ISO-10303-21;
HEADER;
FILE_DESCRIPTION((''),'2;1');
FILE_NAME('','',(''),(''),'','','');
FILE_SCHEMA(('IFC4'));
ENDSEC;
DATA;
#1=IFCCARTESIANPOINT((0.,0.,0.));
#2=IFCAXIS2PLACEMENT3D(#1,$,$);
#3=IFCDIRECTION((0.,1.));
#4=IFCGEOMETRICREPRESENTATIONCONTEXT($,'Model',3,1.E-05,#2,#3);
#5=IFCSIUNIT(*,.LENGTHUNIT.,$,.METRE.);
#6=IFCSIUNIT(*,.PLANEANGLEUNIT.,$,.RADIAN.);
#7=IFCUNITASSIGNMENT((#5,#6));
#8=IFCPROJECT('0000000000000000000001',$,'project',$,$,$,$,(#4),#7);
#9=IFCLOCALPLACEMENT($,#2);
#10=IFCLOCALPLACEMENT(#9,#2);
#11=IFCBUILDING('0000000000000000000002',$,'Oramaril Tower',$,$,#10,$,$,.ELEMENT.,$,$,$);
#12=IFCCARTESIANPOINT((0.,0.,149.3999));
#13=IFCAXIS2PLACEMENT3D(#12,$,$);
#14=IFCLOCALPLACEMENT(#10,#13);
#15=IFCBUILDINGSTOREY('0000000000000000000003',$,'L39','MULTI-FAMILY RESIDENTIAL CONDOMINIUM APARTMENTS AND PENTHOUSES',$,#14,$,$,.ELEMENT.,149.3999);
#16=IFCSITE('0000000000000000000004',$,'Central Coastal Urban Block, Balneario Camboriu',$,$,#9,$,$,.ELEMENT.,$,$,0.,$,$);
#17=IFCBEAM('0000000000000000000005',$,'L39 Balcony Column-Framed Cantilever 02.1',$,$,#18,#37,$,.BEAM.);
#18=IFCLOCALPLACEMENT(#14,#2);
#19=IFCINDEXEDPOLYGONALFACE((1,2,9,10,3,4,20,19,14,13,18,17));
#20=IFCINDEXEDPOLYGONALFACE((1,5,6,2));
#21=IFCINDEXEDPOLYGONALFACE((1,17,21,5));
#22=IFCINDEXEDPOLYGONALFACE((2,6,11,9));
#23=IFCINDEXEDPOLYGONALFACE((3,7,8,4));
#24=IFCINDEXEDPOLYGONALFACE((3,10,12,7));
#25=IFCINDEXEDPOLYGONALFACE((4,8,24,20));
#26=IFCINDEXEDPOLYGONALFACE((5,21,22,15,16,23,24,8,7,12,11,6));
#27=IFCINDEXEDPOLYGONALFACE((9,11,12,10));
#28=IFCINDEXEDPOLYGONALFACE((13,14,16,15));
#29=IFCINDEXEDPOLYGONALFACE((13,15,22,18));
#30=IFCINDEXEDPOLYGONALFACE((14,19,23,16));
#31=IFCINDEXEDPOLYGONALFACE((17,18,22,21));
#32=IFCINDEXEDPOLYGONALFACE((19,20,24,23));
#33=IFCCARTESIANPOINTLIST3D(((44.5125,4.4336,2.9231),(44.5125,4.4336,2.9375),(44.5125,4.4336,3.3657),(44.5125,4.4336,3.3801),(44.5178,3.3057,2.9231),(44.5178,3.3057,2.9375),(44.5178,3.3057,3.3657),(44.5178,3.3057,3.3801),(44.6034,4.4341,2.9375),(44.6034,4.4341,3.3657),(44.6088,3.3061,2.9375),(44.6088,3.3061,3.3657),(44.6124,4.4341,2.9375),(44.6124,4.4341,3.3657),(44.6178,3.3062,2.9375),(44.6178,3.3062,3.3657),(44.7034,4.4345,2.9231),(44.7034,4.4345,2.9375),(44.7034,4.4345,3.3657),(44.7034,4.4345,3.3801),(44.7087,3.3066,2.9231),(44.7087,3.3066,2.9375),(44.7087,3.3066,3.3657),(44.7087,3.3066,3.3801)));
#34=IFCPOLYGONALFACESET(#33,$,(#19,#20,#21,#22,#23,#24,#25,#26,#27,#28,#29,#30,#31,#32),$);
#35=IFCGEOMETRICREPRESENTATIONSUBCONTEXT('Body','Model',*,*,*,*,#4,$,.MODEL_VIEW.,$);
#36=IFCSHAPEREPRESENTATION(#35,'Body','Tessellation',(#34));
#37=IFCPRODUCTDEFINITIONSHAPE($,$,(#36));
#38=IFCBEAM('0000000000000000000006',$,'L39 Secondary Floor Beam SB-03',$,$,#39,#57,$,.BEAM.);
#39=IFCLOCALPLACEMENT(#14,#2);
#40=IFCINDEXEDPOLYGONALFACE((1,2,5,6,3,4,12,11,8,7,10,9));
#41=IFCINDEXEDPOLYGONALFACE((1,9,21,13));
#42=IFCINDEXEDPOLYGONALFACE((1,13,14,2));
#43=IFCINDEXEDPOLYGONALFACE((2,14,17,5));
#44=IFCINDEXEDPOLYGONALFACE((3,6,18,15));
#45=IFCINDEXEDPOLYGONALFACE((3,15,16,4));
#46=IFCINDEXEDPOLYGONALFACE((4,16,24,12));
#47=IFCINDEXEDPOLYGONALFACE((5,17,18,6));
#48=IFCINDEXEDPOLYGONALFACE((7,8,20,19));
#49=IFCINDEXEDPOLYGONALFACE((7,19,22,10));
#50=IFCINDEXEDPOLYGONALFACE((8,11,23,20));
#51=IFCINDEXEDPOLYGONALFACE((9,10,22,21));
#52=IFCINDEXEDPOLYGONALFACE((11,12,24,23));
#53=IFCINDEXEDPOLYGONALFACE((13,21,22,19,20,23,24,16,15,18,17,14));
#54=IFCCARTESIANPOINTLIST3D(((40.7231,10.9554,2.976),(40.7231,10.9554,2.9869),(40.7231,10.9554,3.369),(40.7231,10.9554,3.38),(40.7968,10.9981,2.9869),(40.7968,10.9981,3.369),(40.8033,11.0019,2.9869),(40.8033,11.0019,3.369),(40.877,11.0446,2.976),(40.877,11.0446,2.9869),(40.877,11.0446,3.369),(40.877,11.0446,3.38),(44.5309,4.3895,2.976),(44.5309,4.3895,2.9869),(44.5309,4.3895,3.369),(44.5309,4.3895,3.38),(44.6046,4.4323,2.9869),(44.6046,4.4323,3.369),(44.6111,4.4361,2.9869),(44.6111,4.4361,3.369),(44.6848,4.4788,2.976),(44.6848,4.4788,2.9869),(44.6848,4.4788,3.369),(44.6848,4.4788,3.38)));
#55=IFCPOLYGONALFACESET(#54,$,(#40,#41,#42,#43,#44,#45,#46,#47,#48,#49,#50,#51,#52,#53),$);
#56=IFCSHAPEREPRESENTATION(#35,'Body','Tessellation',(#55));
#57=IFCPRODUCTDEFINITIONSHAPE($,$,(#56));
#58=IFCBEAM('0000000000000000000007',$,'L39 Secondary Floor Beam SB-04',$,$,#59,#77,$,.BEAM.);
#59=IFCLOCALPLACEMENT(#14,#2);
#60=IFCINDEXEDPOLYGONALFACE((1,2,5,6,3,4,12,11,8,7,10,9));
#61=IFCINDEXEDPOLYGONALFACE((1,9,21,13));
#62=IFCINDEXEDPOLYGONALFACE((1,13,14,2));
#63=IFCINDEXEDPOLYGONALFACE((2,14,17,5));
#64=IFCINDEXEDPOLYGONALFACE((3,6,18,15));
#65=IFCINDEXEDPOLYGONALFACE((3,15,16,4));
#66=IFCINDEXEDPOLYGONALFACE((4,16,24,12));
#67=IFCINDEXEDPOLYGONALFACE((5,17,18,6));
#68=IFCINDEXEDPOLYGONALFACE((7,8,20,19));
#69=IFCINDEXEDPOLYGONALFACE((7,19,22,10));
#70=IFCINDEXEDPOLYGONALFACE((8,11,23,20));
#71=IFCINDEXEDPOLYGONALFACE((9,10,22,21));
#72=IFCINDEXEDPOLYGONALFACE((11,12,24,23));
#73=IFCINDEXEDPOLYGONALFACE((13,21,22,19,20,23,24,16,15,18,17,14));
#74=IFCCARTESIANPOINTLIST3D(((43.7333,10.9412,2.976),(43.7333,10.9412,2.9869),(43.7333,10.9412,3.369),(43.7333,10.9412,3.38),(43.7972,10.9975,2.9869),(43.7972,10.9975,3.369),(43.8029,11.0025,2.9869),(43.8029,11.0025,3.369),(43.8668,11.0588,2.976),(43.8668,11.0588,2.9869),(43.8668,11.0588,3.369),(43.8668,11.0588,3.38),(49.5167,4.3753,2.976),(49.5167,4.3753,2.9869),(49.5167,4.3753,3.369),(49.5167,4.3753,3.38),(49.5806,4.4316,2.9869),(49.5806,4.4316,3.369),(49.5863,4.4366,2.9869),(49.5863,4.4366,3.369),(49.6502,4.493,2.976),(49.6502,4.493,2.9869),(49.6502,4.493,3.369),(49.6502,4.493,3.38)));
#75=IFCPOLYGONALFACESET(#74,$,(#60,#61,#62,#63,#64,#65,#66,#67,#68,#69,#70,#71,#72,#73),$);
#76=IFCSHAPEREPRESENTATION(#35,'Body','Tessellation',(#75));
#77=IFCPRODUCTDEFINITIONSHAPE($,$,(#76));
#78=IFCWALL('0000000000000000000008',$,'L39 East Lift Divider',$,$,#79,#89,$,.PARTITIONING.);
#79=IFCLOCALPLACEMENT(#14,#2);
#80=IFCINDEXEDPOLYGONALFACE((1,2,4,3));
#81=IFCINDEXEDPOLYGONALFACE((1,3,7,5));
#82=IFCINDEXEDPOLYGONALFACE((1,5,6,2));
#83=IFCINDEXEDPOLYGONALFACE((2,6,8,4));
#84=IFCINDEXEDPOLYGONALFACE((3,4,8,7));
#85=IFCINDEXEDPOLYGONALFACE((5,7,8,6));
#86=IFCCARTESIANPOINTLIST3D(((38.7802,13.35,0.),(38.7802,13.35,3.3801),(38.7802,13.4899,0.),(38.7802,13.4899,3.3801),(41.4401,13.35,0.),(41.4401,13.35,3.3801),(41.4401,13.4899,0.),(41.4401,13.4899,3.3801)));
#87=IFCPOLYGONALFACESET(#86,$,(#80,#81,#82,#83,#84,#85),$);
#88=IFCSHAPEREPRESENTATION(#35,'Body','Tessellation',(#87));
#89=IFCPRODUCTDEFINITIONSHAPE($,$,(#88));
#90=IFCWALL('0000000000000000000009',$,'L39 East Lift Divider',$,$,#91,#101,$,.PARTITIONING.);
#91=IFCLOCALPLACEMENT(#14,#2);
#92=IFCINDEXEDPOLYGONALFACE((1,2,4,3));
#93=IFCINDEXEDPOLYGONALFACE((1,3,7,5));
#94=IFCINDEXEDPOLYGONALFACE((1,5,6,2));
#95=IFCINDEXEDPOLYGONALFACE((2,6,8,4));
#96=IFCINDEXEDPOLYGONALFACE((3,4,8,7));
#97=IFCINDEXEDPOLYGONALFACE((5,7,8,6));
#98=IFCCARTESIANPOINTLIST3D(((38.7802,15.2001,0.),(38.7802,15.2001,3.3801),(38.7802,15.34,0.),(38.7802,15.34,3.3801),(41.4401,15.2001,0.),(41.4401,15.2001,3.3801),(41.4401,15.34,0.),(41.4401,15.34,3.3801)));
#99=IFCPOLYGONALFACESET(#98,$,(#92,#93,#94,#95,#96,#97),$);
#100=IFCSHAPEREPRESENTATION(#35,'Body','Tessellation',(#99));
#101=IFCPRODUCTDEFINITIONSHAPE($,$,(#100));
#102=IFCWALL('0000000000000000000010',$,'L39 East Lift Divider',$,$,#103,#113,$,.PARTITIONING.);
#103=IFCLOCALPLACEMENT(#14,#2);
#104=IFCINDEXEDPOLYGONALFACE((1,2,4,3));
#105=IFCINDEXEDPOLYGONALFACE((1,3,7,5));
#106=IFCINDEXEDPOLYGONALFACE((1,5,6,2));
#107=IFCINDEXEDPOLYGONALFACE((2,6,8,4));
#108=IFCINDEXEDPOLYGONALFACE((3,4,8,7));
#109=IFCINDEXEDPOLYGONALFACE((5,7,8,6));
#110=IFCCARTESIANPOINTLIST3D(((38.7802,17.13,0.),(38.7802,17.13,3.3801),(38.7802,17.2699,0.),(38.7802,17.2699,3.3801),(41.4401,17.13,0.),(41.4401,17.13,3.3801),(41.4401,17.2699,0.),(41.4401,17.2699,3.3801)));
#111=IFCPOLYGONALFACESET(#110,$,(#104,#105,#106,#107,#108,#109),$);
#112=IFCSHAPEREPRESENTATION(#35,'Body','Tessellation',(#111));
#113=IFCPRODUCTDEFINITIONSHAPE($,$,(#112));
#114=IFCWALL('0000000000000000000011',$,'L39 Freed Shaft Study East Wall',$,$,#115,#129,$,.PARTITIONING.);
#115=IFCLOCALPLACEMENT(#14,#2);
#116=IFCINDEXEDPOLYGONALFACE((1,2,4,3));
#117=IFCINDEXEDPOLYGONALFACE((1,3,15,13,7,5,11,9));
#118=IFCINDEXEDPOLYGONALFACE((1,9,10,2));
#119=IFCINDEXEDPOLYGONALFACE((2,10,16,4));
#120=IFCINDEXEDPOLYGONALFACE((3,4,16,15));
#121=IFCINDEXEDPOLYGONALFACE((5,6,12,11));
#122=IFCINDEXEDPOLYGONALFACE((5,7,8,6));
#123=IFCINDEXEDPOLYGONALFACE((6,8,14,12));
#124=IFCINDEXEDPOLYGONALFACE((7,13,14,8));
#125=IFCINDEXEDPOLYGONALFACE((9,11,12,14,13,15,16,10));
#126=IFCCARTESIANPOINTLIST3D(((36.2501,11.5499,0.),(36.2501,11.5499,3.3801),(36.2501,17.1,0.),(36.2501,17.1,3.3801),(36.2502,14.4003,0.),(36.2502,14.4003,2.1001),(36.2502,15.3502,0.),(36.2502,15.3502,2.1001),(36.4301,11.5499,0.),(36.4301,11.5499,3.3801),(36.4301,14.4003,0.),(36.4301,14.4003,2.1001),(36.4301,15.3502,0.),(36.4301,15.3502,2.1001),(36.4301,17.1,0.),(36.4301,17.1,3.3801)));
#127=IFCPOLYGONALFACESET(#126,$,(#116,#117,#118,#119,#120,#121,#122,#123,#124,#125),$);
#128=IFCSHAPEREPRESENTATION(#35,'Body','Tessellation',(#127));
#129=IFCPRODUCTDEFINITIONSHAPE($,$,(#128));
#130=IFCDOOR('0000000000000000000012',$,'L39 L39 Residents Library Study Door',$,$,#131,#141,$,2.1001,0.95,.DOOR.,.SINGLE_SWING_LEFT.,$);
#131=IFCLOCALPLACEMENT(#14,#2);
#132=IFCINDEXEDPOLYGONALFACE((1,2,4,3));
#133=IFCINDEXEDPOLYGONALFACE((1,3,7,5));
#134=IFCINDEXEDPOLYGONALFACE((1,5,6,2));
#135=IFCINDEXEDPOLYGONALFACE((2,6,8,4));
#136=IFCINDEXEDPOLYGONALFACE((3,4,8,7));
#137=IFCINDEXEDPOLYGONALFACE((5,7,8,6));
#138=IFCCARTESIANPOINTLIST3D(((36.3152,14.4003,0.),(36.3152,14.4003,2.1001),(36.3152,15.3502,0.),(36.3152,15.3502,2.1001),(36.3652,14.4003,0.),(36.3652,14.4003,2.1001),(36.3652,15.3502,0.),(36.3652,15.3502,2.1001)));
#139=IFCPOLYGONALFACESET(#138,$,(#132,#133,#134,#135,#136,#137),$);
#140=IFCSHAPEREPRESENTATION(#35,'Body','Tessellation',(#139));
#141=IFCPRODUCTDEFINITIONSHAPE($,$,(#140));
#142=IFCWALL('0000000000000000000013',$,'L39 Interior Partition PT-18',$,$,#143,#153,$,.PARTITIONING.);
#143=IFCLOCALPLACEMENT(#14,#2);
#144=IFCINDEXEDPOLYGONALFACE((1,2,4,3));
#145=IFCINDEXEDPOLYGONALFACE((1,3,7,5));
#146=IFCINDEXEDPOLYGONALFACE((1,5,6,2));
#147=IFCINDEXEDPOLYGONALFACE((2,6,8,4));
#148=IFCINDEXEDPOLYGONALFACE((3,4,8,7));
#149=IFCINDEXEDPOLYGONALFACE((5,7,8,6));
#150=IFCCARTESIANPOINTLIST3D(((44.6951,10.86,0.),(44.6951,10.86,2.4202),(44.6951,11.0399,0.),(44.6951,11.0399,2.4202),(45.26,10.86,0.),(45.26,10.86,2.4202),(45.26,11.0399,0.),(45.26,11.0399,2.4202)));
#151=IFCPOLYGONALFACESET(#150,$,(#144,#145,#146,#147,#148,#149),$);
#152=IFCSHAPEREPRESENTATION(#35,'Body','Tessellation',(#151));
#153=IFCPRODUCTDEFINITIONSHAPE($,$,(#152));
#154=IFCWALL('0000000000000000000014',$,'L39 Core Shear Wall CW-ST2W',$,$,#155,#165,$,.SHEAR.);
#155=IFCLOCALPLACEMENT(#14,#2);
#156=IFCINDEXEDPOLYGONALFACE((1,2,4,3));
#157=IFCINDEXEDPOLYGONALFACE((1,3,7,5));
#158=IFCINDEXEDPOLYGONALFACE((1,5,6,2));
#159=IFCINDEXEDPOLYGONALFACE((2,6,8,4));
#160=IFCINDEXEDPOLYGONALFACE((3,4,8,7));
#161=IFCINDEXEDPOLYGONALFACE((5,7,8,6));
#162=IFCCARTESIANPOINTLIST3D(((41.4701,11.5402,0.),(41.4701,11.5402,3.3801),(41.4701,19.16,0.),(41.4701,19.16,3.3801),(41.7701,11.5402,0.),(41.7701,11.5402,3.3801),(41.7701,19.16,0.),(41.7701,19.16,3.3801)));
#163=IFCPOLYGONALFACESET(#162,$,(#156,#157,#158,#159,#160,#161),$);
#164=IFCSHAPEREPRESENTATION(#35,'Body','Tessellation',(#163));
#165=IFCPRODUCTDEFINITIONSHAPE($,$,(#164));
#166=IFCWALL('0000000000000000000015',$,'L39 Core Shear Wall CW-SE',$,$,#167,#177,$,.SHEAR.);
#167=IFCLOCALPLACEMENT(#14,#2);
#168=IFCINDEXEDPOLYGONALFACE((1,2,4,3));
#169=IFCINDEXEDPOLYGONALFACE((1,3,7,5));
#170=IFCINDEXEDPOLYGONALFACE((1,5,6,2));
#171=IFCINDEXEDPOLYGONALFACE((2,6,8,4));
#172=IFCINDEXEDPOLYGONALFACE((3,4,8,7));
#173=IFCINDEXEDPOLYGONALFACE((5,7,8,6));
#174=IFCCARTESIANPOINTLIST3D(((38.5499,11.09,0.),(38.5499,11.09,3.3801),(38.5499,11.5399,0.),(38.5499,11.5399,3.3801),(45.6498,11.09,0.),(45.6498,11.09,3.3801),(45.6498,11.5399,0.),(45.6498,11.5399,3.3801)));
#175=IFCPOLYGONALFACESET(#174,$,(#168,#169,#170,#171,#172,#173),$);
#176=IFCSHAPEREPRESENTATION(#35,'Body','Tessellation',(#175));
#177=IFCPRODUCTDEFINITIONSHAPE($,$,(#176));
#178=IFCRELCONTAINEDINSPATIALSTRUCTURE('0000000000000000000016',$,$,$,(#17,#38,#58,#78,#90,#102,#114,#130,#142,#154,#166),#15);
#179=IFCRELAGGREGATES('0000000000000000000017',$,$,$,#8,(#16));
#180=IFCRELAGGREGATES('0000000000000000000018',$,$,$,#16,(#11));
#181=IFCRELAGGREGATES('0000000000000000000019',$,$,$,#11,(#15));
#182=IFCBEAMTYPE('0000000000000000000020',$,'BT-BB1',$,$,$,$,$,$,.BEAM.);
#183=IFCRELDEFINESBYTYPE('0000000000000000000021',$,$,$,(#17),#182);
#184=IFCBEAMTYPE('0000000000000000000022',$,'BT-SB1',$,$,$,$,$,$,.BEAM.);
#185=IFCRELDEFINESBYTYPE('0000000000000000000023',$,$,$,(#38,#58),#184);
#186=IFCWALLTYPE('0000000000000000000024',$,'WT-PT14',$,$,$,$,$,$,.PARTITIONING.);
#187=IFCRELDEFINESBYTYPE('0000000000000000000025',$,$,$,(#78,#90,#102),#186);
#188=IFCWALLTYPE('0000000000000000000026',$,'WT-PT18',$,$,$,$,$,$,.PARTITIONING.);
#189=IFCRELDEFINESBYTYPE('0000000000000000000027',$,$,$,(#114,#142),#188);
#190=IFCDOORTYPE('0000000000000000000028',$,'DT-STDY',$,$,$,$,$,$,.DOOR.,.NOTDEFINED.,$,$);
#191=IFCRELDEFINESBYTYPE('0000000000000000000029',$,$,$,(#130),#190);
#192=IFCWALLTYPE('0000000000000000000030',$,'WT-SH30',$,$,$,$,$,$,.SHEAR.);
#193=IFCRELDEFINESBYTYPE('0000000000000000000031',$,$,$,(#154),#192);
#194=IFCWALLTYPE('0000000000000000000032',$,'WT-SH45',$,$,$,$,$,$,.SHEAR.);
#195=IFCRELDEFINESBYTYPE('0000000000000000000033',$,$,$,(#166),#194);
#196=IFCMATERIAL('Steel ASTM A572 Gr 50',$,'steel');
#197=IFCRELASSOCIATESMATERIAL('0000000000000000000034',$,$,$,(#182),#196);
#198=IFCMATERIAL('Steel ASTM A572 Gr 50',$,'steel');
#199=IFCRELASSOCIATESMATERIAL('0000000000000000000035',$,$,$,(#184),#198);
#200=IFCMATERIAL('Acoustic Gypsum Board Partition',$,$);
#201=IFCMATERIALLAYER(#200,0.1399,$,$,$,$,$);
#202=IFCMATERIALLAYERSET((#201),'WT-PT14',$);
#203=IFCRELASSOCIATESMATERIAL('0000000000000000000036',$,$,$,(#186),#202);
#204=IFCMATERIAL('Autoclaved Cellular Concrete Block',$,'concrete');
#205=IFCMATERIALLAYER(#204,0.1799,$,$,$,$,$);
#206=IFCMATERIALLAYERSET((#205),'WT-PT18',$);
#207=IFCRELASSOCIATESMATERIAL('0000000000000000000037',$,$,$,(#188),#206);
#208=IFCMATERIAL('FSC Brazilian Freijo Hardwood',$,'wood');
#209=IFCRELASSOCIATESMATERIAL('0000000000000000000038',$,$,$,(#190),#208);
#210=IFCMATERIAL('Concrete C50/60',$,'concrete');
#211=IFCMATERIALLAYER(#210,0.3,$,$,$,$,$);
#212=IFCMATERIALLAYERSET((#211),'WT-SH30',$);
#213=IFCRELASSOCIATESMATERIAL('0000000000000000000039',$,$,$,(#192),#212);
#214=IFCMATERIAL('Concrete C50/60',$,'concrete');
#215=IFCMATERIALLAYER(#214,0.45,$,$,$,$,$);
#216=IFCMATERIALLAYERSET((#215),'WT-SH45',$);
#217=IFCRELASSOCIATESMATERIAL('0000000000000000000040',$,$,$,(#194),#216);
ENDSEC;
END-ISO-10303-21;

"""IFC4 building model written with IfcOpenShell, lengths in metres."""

from ifc_helpers import new_model, si_unit, direction, frame, frame_2d, origin, origin_2d, place, context, subcontext, project, spatial, rectangle, i_section, extrude, material, layer, layer_set, material_profile, profile_set, type_object, element, fill, save


model = new_model("IFC4")

# Units and contexts
model_context = context("Model", 3, precision=1e-05, world=origin(), true_north=direction((0.0, 1.0)))
body_context = subcontext(model_context, "Body", "Model", "MODEL_VIEW")
ifc_project = project(units=[si_unit("LENGTHUNIT", "METRE"), si_unit("PLANEANGLEUNIT", "RADIAN")], contexts=[model_context])

# Site, building, storey
site_placement = place(None, origin())
site = spatial("IfcSite", under=ifc_project, at=site_placement, Name="Central Coastal Urban Block, Balneario Camboriu", CompositionType="ELEMENT", RefElevation=0.0)
building_placement = place(site_placement, origin())
building = spatial("IfcBuilding", under=site, at=building_placement, Name="Oramaril Tower", CompositionType="ELEMENT")
storey_placement = place(building_placement, frame((0.0, 0.0, 149.3999)))
storey = spatial("IfcBuildingStorey", under=building, at=storey_placement, Name="L39", Description="MULTI-FAMILY RESIDENTIAL CONDOMINIUM APARTMENTS AND PENTHOUSES", CompositionType="ELEMENT", Elevation=149.3999)

# Beams
ifc_material_1 = material(Name="Steel ASTM A572 Gr 50", Category="steel")
ifc_material_profile_1 = material_profile(ifc_material_1, i_section(OverallWidth=0.1909, OverallDepth=0.457, WebThickness=0.009, FlangeThickness=0.0144, at=origin_2d()), Name="W18X50")
ifc_profile_set_1 = profile_set([ifc_material_profile_1], Name="Steel ASTM A572 Gr 50")
beam_type_1 = type_object("IfcBeamType", Name="BT-BB1", PredefinedType="BEAM", material=ifc_profile_set_1)
beam_1_placement = place(storey_placement, frame((44.6079, 4.4341, 3.1516), z_axis=(0.004762, -0.999989, 0.0), x_axis=(0.999989, 0.004762, 0.0)))
element("IfcBeam", 1, at=beam_1_placement, inside=storey, type_object=beam_type_1, Name="L39 Balcony Column-Framed Cantilever 02.1", PredefinedType="BEAM", context=body_context, shape_type="SweptSolid", body=[
    extrude(i_section(OverallWidth=0.1909, OverallDepth=0.457, WebThickness=0.009, FlangeThickness=0.0144, at=origin_2d()), origin(), (0.0, 0.0, 1.0), 1.1279),
])
ifc_material_2 = material(Name="Steel ASTM A572 Gr 50", Category="steel")
ifc_material_profile_2 = material_profile(ifc_material_2, i_section(OverallWidth=0.178, OverallDepth=0.4041, WebThickness=0.0076, FlangeThickness=0.011, at=origin_2d()), Name="W16X36")
ifc_profile_set_2 = profile_set([ifc_material_profile_2], Name="Steel ASTM A572 Gr 50")
beam_type_2 = type_object("IfcBeamType", Name="BT-SB1", PredefinedType="BEAM", material=ifc_profile_set_2)
beam_2_placement = place(storey_placement, frame((40.8, 11.0, 3.178), z_axis=(0.501682, -0.865052, 0.0), x_axis=(0.865052, 0.501682, 0.0)))
element("IfcBeam", 2, at=beam_2_placement, inside=storey, type_object=beam_type_2, Name="L39 Secondary Floor Beam SB-03", PredefinedType="BEAM", context=body_context, shape_type="SweptSolid", body=[
    extrude(i_section(OverallWidth=0.178, OverallDepth=0.4041, WebThickness=0.0076, FlangeThickness=0.011, at=origin_2d()), origin(), (0.0, 0.0, 1.0), 7.5901),
])
beam_3_placement = place(storey_placement, frame((43.8, 11.0, 3.178), z_axis=(0.660978, -0.750405, 0.0), x_axis=(0.750405, 0.660978, 0.0)))
element("IfcBeam", 3, at=beam_3_placement, inside=storey, type_object=beam_type_2, Name="L39 Secondary Floor Beam SB-04", PredefinedType="BEAM", context=body_context, shape_type="SweptSolid", body=[
    extrude(i_section(OverallWidth=0.178, OverallDepth=0.4041, WebThickness=0.0076, FlangeThickness=0.011, at=origin_2d()), origin(), (0.0, 0.0, 1.0), 8.7498),
])

# Walls
ifc_material_3 = material(Name="Acoustic Gypsum Board Partition")
ifc_layer_1 = layer(ifc_material_3, 0.1399)
ifc_layer_set_1 = layer_set([ifc_layer_1], Name="WT-PT14")
wall_type_1 = type_object("IfcWallType", Name="WT-PT14", PredefinedType="PARTITIONING", material=ifc_layer_set_1)
for number, where, z_axis, x_axis, name in (
    (4, (38.78, 13.4199, 0.0), (0.0, 0.0, 1.0), (1.0, 0.0, 0.0), "L39 East Lift Divider"),
    (5, (38.78, 15.27, 0.0), (0.0, 0.0, 1.0), (1.0, 0.0, 0.0), "L39 East Lift Divider"),
    (6, (38.78, 17.2, 0.0), (0.0, 0.0, 1.0), (1.0, 0.0, 0.0), "L39 East Lift Divider"),
):
    element("IfcWall", number, at=place(storey_placement, frame(where, z_axis=z_axis, x_axis=x_axis)), inside=storey, type_object=wall_type_1, Name=name, PredefinedType="PARTITIONING", context=body_context, shape_type="SweptSolid", body=[
        extrude(rectangle(XDim=2.6599, YDim=0.1399, at=frame_2d((1.3301, 0.0))), origin(), (0.0, 0.0, 1.0), 3.3801),
    ])

# Wall, opening, door
ifc_material_4 = material(Name="Autoclaved Cellular Concrete Block", Category="concrete")
ifc_layer_2 = layer(ifc_material_4, 0.1799)
ifc_layer_set_2 = layer_set([ifc_layer_2], Name="WT-PT18")
wall_type_2 = type_object("IfcWallType", Name="WT-PT18", PredefinedType="PARTITIONING", material=ifc_layer_set_2)
wall_1_placement = place(storey_placement, frame((36.3401, 11.55, 0.0), z_axis=(0.0, 0.0, 1.0), x_axis=(0.0, 1.0, 0.0)))
wall_1 = element("IfcWall", 7, at=wall_1_placement, inside=storey, type_object=wall_type_2, Name="L39 Freed Shaft Study East Wall", PredefinedType="PARTITIONING", context=body_context, shape_type="SweptSolid", body=[
    extrude(rectangle(XDim=5.55, YDim=0.1799, at=frame_2d((2.7749, 0.0))), origin(), (0.0, 0.0, 1.0), 3.3801),
])
opening_1_placement = place(wall_1_placement, frame((2.8501, 0.0, 0.0)))
opening_1 = element("IfcOpeningElement", 8, at=opening_1_placement, cuts=wall_1, PredefinedType="OPENING", context=body_context, shape_type="SweptSolid", body=[
    extrude(rectangle(XDim=0.95, YDim=2.1001, at=frame_2d((0.4751, 1.05))), frame((0.0, 0.0898, 0.0), z_axis=(0.0, -1.0, 0.0), x_axis=(1.0, 0.0, 0.0)), (0.0, 0.0, 1.0), 0.1799),
])
ifc_material_5 = material(Name="FSC Brazilian Freijo Hardwood", Category="wood")
door_type_1 = type_object("IfcDoorType", Name="DT-STDY", OperationType="NOTDEFINED", PredefinedType="DOOR", material=ifc_material_5)
door_1_placement = place(opening_1_placement, origin())
door_1 = element("IfcDoor", 9, at=door_1_placement, inside=storey, type_object=door_type_1, Name="L39 L39 Residents Library Study Door", OperationType="SINGLE_SWING_LEFT", OverallHeight=2.1001, OverallWidth=0.95, PredefinedType="DOOR", context=body_context, shape_type="SweptSolid", body=[
    extrude(rectangle(XDim=0.95, YDim=2.1001, at=frame_2d((0.4751, 1.05))), frame((0.0, 0.0249, 0.0), z_axis=(0.0, -1.0, 0.0), x_axis=(1.0, 0.0, 0.0)), (0.0, 0.0, 1.0), 0.05),
])
fill(opening_1, door_1)

# Walls
wall_2_placement = place(storey_placement, frame((44.6951, 10.95, 0.0), z_axis=(0.0, 0.0, 1.0), x_axis=(1.0, 0.0, 0.0)))
element("IfcWall", 10, at=wall_2_placement, inside=storey, type_object=wall_type_2, Name="L39 Interior Partition PT-18", PredefinedType="PARTITIONING", context=body_context, shape_type="SweptSolid", body=[
    extrude(rectangle(XDim=0.5649, YDim=0.1799, at=frame_2d((0.2825, 0.0))), origin(), (0.0, 0.0, 1.0), 2.4202),
])
ifc_material_6 = material(Name="Concrete C50/60", Category="concrete")
ifc_layer_3 = layer(ifc_material_6, 0.3)
ifc_layer_set_3 = layer_set([ifc_layer_3], Name="WT-SH30")
wall_type_3 = type_object("IfcWallType", Name="WT-SH30", PredefinedType="SHEAR", material=ifc_layer_set_3)
wall_3_placement = place(storey_placement, frame((41.6201, 11.54, 0.0), z_axis=(0.0, 0.0, 1.0), x_axis=(0.0, 1.0, 0.0)))
element("IfcWall", 11, at=wall_3_placement, inside=storey, type_object=wall_type_3, Name="L39 Core Shear Wall CW-ST2W", PredefinedType="SHEAR", context=body_context, shape_type="SweptSolid", body=[
    extrude(rectangle(XDim=7.6199, YDim=0.3, at=frame_2d((3.8101, 0.0))), origin(), (0.0, 0.0, 1.0), 3.3801),
])
ifc_material_7 = material(Name="Concrete C50/60", Category="concrete")
ifc_layer_4 = layer(ifc_material_7, 0.45)
ifc_layer_set_4 = layer_set([ifc_layer_4], Name="WT-SH45")
wall_type_4 = type_object("IfcWallType", Name="WT-SH45", PredefinedType="SHEAR", material=ifc_layer_set_4)
wall_4_placement = place(storey_placement, frame((38.55, 11.3149, 0.0), z_axis=(0.0, 0.0, 1.0), x_axis=(1.0, 0.0, 0.0)))
element("IfcWall", 12, at=wall_4_placement, inside=storey, type_object=wall_type_4, Name="L39 Core Shear Wall CW-SE", PredefinedType="SHEAR", context=body_context, shape_type="SweptSolid", body=[
    extrude(rectangle(XDim=7.0999, YDim=0.45, at=frame_2d((3.5498, 0.0))), origin(), (0.0, 0.0, 1.0), 3.3801),
])

save(model, "model.ifc")
